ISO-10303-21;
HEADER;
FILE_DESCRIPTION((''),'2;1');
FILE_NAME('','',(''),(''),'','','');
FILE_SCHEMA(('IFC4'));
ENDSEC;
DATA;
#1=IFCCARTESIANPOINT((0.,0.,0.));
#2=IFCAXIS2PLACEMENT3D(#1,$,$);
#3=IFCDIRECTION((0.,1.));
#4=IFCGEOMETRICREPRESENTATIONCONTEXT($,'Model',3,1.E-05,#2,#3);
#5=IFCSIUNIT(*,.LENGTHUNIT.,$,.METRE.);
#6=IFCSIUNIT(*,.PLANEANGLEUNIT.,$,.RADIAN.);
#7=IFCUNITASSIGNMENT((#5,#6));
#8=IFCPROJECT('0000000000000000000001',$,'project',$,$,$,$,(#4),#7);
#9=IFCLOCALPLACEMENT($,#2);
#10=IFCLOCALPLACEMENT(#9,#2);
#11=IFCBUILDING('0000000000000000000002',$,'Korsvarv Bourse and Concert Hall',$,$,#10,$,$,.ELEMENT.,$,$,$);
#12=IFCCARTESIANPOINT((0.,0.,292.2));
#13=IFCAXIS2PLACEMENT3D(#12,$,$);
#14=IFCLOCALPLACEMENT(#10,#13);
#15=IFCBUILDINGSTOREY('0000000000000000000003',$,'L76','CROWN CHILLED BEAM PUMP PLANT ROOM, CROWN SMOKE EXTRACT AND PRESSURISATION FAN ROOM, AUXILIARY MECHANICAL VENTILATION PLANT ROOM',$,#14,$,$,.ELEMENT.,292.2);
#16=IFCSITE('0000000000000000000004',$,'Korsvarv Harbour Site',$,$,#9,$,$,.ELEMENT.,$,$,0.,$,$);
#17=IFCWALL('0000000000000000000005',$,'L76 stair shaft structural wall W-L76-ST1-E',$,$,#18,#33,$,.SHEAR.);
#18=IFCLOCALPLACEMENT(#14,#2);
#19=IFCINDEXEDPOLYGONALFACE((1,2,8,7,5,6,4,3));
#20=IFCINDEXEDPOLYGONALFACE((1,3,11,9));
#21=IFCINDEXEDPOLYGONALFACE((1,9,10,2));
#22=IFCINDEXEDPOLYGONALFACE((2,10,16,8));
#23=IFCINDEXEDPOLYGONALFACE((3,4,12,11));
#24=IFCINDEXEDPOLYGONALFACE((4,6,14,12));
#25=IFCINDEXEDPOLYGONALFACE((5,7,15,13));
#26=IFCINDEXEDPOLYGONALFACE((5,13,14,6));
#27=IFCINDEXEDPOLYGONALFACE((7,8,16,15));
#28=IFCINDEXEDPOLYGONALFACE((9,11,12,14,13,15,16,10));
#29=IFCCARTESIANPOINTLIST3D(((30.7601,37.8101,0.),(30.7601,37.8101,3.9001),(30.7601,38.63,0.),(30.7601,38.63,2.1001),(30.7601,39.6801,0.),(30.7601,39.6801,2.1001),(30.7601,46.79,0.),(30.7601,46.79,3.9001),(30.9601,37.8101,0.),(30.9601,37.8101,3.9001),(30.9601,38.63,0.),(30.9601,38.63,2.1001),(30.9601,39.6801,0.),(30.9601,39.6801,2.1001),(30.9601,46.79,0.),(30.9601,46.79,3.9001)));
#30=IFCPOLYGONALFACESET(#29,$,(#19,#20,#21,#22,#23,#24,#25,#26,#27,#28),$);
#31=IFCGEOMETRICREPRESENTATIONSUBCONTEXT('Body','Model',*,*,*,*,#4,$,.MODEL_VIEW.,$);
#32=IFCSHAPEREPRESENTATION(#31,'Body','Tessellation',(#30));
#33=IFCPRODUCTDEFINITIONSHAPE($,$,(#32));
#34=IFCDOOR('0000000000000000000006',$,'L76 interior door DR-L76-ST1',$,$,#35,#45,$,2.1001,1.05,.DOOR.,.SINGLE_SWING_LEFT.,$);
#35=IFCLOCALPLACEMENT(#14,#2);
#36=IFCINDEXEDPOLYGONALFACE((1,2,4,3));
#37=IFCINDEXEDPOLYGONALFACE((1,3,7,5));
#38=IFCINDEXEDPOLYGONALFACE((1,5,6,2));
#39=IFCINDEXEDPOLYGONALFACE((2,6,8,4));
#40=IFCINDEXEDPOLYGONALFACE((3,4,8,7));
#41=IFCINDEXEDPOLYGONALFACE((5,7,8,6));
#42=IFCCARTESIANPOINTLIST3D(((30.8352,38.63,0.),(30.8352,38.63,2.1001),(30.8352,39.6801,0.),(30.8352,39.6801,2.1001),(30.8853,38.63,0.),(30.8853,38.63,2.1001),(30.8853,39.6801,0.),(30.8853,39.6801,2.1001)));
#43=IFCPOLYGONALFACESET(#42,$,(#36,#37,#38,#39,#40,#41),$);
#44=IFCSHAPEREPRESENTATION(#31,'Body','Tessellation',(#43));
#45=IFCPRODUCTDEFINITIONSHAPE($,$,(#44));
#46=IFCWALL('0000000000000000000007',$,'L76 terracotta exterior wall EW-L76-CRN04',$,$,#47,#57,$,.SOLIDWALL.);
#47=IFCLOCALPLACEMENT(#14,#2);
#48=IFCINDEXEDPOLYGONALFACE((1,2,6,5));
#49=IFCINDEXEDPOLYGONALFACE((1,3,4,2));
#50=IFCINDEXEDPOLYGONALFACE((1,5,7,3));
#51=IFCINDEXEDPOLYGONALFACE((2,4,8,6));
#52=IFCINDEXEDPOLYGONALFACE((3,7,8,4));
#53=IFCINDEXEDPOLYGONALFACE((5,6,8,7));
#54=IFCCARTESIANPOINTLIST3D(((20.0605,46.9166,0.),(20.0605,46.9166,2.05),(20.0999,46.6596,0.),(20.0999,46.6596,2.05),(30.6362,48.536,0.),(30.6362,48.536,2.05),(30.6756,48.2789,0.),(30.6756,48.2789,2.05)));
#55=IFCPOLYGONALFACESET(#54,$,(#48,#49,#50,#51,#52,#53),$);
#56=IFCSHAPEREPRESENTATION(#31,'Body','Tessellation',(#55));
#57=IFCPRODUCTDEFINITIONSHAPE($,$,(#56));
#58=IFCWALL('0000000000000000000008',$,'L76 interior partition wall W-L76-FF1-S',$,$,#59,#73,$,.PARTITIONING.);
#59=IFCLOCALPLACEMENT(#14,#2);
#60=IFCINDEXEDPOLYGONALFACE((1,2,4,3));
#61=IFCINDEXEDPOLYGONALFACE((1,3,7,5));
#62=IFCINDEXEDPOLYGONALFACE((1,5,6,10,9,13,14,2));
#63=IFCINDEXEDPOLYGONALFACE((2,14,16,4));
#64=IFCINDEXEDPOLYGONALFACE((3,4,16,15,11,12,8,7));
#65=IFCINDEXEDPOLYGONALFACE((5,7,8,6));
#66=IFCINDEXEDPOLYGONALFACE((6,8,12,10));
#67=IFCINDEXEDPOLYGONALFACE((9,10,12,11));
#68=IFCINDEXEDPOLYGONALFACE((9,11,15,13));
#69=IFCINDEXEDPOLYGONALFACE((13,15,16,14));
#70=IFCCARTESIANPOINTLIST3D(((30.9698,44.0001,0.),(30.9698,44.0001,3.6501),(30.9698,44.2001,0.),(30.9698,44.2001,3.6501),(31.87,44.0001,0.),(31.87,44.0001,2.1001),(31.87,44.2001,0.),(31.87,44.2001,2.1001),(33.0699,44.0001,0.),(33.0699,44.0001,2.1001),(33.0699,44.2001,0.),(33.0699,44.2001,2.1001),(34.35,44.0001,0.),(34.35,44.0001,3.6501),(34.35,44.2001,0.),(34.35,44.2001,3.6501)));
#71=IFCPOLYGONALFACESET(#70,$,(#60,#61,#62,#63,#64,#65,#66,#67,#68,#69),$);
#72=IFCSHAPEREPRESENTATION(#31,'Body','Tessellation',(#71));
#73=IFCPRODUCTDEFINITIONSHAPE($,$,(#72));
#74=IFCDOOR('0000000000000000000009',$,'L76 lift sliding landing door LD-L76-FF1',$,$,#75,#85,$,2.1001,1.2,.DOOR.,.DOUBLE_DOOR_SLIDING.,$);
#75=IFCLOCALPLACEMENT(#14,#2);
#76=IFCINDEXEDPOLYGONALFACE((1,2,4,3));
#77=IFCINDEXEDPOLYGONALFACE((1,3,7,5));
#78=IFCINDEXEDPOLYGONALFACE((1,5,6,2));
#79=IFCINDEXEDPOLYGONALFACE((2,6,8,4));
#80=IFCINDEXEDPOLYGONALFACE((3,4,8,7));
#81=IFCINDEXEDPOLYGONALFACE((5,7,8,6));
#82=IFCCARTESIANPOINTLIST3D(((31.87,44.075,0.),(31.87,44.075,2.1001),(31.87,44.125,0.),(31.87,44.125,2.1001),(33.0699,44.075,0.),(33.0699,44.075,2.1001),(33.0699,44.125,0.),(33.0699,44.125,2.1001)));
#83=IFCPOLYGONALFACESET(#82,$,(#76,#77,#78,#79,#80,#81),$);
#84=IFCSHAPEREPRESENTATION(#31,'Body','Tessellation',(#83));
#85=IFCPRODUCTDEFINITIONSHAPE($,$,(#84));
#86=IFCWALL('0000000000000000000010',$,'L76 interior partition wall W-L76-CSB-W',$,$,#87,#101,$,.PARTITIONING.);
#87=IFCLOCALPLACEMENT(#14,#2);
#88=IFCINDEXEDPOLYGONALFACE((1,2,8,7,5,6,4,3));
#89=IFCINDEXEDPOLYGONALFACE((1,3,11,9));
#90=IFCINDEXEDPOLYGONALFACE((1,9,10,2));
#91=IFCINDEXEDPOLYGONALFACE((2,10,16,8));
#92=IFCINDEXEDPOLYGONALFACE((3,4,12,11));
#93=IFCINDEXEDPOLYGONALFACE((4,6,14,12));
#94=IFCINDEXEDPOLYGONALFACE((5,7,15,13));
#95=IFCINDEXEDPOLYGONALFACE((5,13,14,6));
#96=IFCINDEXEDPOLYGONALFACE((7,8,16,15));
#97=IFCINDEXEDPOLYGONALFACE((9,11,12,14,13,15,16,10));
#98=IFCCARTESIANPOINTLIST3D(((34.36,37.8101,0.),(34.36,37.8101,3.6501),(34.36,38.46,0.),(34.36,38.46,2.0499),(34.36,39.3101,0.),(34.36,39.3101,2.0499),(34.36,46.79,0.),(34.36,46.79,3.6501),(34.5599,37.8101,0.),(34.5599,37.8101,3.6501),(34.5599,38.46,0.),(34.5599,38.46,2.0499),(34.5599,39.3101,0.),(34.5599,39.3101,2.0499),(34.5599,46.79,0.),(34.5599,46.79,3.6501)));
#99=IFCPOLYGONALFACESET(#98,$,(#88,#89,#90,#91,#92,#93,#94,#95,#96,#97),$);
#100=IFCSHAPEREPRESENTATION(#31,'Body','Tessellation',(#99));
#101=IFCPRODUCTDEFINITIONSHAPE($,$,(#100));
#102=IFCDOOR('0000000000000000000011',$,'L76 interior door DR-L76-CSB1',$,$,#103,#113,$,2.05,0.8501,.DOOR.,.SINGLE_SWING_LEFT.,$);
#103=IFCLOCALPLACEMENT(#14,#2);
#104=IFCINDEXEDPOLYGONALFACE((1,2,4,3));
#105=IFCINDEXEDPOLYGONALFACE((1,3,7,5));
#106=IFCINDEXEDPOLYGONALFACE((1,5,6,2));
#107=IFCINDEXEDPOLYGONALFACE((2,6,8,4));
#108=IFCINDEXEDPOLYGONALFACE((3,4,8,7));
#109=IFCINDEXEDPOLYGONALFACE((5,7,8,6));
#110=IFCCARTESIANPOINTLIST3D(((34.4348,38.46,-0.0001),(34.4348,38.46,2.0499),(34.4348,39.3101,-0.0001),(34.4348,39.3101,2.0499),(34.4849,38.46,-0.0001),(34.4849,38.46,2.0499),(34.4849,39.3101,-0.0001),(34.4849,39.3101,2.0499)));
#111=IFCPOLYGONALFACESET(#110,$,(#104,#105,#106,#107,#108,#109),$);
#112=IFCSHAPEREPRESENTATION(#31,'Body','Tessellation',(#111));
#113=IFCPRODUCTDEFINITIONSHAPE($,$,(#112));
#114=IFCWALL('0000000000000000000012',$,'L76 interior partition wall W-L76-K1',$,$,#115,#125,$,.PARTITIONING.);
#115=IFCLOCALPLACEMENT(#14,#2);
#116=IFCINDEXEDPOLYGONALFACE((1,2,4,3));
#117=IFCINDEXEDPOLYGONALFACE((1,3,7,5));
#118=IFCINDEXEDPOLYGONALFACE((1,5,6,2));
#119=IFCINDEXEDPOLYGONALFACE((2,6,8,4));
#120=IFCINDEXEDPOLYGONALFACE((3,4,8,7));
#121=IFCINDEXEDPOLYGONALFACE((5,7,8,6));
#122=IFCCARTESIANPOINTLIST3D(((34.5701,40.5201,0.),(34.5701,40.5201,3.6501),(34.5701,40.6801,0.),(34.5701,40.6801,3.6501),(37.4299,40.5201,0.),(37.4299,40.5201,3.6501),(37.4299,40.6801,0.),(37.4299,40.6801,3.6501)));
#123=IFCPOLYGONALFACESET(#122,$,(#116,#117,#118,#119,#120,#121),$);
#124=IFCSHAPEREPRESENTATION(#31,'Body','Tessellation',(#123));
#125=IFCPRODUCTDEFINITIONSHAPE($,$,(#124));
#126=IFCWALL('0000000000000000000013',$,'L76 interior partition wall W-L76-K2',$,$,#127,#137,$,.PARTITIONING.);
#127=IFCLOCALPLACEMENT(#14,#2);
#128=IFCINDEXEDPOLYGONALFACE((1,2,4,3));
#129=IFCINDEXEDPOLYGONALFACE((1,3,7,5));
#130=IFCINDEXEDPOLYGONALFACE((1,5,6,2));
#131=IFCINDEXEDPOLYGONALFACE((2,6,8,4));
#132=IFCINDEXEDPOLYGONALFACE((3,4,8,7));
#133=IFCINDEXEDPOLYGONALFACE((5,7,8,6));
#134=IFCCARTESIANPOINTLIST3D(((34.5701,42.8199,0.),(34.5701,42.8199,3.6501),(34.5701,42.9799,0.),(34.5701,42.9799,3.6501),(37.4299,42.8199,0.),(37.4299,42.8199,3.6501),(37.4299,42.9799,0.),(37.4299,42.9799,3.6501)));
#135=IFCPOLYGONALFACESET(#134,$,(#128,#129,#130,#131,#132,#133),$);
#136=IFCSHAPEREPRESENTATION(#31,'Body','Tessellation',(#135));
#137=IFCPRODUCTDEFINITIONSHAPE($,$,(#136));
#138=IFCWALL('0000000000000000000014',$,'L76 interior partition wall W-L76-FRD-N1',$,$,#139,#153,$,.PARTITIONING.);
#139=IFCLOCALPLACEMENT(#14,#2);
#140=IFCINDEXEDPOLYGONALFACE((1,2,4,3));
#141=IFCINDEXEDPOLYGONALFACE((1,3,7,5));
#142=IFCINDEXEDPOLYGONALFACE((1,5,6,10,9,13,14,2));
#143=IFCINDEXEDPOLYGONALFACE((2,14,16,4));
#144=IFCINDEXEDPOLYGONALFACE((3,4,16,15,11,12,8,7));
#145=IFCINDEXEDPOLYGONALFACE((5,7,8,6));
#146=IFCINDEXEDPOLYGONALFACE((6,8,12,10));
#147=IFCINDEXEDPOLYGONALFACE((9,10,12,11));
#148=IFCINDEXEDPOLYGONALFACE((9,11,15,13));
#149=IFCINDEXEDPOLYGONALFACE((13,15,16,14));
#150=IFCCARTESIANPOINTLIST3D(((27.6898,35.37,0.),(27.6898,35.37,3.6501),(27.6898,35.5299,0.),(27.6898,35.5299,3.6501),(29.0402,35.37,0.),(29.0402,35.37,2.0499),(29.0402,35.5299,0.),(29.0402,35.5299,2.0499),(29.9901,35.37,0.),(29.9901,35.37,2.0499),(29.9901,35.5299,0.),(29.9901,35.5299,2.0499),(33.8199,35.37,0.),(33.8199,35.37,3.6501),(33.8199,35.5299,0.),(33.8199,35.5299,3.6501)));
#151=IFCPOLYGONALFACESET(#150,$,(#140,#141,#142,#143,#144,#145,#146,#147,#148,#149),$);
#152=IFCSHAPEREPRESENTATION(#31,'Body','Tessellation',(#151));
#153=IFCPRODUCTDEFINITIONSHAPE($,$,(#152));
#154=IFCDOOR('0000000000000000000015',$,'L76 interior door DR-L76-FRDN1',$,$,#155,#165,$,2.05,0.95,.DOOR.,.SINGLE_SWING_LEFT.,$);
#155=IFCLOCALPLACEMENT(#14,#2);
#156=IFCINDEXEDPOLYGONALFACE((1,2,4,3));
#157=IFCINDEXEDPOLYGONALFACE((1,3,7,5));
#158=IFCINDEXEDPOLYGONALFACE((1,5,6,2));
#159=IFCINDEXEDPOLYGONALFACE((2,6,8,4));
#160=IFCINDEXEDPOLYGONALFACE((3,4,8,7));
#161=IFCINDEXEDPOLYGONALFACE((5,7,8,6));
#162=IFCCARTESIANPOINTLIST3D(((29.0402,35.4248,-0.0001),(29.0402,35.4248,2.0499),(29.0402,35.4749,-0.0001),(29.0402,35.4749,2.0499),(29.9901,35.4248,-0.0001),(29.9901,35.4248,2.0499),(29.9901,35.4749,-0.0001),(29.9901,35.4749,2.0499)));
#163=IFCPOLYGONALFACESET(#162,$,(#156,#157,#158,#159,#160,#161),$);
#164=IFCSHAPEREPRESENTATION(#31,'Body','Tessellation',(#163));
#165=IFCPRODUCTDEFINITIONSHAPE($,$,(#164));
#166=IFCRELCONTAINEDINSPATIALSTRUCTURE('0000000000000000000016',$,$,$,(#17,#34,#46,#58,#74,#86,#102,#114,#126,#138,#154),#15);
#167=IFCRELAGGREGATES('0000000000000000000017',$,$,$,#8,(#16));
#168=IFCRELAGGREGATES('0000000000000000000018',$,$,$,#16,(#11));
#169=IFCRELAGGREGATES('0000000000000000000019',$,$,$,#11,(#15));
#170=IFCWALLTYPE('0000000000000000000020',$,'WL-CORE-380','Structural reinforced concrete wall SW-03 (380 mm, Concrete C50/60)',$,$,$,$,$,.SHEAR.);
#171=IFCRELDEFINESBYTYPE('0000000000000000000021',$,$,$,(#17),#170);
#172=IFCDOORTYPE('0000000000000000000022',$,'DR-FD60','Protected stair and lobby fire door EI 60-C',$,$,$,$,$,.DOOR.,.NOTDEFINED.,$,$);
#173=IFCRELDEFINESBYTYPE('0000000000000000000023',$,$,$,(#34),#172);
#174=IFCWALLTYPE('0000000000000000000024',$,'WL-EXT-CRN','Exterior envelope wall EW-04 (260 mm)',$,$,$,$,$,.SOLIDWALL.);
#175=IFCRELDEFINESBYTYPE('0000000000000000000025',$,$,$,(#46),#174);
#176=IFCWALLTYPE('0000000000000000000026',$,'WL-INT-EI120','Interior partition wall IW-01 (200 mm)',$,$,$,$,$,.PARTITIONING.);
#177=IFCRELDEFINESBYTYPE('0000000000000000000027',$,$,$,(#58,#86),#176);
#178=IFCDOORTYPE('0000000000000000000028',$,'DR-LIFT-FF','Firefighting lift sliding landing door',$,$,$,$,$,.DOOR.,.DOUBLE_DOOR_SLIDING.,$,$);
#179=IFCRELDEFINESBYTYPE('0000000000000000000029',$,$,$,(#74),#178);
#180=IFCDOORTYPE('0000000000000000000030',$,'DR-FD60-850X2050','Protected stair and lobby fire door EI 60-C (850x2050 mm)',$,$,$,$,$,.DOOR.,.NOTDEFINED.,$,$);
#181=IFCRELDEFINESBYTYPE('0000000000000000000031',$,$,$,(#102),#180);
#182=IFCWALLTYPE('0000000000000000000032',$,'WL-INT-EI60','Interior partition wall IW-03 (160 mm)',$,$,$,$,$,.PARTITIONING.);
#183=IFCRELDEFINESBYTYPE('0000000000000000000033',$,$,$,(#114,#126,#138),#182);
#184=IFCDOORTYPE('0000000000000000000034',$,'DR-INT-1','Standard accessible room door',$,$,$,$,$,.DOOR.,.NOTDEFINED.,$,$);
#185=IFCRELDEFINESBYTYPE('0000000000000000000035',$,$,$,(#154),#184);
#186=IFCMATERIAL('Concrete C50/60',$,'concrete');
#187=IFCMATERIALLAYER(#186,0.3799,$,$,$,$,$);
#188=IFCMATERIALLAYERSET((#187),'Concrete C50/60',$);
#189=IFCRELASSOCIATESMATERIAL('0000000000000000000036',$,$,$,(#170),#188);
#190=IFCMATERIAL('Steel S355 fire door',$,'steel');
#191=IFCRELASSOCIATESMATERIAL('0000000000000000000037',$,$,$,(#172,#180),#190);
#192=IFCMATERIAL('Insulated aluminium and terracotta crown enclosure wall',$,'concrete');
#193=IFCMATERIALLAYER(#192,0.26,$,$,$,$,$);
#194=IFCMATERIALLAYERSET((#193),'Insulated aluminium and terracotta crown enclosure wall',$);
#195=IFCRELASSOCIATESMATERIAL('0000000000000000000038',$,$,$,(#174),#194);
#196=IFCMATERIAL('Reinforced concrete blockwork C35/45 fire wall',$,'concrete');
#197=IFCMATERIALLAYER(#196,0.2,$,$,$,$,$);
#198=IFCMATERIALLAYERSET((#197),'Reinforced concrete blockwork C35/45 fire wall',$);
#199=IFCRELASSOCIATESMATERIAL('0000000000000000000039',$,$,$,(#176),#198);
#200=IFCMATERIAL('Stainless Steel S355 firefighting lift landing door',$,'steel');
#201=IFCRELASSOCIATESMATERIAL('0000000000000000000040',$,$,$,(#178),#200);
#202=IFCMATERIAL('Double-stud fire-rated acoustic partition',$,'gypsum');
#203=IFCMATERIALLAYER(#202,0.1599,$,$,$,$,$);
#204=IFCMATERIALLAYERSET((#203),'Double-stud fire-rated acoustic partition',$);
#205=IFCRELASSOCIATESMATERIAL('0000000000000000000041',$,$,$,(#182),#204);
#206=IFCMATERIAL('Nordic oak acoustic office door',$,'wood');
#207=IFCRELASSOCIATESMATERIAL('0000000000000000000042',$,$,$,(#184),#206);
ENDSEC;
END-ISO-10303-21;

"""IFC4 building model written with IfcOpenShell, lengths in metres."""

from ifc_helpers import new_model, si_unit, direction, frame, frame_2d, origin, place, context, subcontext, project, spatial, rectangle, extrude, material, layer, layer_set, type_object, element, fill, save


model = new_model("IFC4")

# Units and contexts
model_context = context("Model", 3, precision=1e-05, world=origin(), true_north=direction((0.0, 1.0)))
body_context = subcontext(model_context, "Body", "Model", "MODEL_VIEW")
ifc_project = project(units=[si_unit("LENGTHUNIT", "METRE"), si_unit("PLANEANGLEUNIT", "RADIAN")], contexts=[model_context])

# Site, building, storey
site_placement = place(None, origin())
site = spatial("IfcSite", under=ifc_project, at=site_placement, Name="Korsvarv Harbour Site", CompositionType="ELEMENT", RefElevation=0.0)
building_placement = place(site_placement, origin())
building = spatial("IfcBuilding", under=site, at=building_placement, Name="Korsvarv Bourse and Concert Hall", CompositionType="ELEMENT")
storey_placement = place(building_placement, frame((0.0, 0.0, 292.2)))
storey = spatial("IfcBuildingStorey", under=building, at=storey_placement, Name="L76", Description="CROWN CHILLED BEAM PUMP PLANT ROOM, CROWN SMOKE EXTRACT AND PRESSURISATION FAN ROOM, AUXILIARY MECHANICAL VENTILATION PLANT ROOM", CompositionType="ELEMENT", Elevation=292.2)

# Shared definitions
ifc_material_1 = material(Name="Concrete C50/60", Category="concrete")

# Wall, opening, door
ifc_layer_1 = layer(ifc_material_1, 0.3799)
ifc_layer_set_1 = layer_set([ifc_layer_1], Name="Concrete C50/60")
wall_type_1 = type_object("IfcWallType", Name="WL-CORE-380", Description="Structural reinforced concrete wall SW-03 (380 mm, Concrete C50/60)", PredefinedType="SHEAR", material=ifc_layer_set_1)
wall_1_placement = place(storey_placement, frame((30.8601, 37.8101, 0.0), z_axis=(0.0, 0.0, 1.0), x_axis=(0.0, 1.0, 0.0)))
wall_1 = element("IfcWall", 1, at=wall_1_placement, inside=storey, type_object=wall_type_1, Name="L76 stair shaft structural wall W-L76-ST1-E", PredefinedType="SHEAR", context=body_context, shape_type="SweptSolid", body=[
    extrude(rectangle(XDim=8.98, YDim=0.2, at=frame_2d((4.49, 0.0))), origin(), (0.0, 0.0, 1.0), 3.9001),
])
opening_1_placement = place(wall_1_placement, frame((0.8201, 0.0, 0.0)))
opening_1 = element("IfcOpeningElement", 2, at=opening_1_placement, cuts=wall_1, PredefinedType="OPENING", context=body_context, shape_type="SweptSolid", body=[
    extrude(rectangle(XDim=1.05, YDim=2.1001, at=frame_2d((0.5249, 1.05))), frame((0.0, 0.1099, 0.0), z_axis=(0.0, -1.0, 0.0), x_axis=(1.0, 0.0, 0.0)), (0.0, 0.0, 1.0), 0.22),
])
ifc_material_2 = material(Name="Steel S355 fire door", Category="steel")
door_type_1 = type_object("IfcDoorType", Name="DR-FD60", Description="Protected stair and lobby fire door EI 60-C", OperationType="NOTDEFINED", PredefinedType="DOOR", material=ifc_material_2)
door_1_placement = place(opening_1_placement, origin())
door_1 = element("IfcDoor", 3, at=door_1_placement, inside=storey, type_object=door_type_1, Name="L76 interior door DR-L76-ST1", OperationType="SINGLE_SWING_LEFT", OverallHeight=2.1001, OverallWidth=1.05, PredefinedType="DOOR", context=body_context, shape_type="SweptSolid", body=[
    extrude(rectangle(XDim=1.05, YDim=2.1001, at=frame_2d((0.5249, 1.05))), frame((0.0, 0.0249, 0.0), z_axis=(0.0, -1.0, 0.0), x_axis=(1.0, 0.0, 0.0)), (0.0, 0.0, 1.0), 0.05),
])
fill(opening_1, door_1)

# Wall
ifc_material_3 = material(Name="Insulated aluminium and terracotta crown enclosure wall", Category="concrete")
ifc_layer_2 = layer(ifc_material_3, 0.26)
ifc_layer_set_2 = layer_set([ifc_layer_2], Name="Insulated aluminium and terracotta crown enclosure wall")
wall_type_2 = type_object("IfcWallType", Name="WL-EXT-CRN", Description="Exterior envelope wall EW-04 (260 mm)", PredefinedType="SOLIDWALL", material=ifc_layer_set_2)
wall_2_placement = place(storey_placement, frame((30.656, 48.4075, 0.0), z_axis=(0.0, 0.0, 1.0), x_axis=(-0.988479, -0.151359, 0.0)))
element("IfcWall", 4, at=wall_2_placement, inside=storey, type_object=wall_type_2, Name="L76 terracotta exterior wall EW-L76-CRN04", PredefinedType="SOLIDWALL", context=body_context, shape_type="SweptSolid", body=[
    extrude(rectangle(XDim=10.699, YDim=0.26, at=frame_2d((5.3496, 0.0))), origin(), (0.0, 0.0, 1.0), 2.05),
])

# Walls, openings, doors
ifc_material_4 = material(Name="Reinforced concrete blockwork C35/45 fire wall", Category="concrete")
ifc_layer_3 = layer(ifc_material_4, 0.2)
ifc_layer_set_3 = layer_set([ifc_layer_3], Name="Reinforced concrete blockwork C35/45 fire wall")
wall_type_3 = type_object("IfcWallType", Name="WL-INT-EI120", Description="Interior partition wall IW-01 (200 mm)", PredefinedType="PARTITIONING", material=ifc_layer_set_3)
wall_3_placement = place(storey_placement, frame((30.97, 44.1001, 0.0), z_axis=(0.0, 0.0, 1.0), x_axis=(1.0, 0.0, 0.0)))
wall_3 = element("IfcWall", 5, at=wall_3_placement, inside=storey, type_object=wall_type_3, Name="L76 interior partition wall W-L76-FF1-S", PredefinedType="PARTITIONING", context=body_context, shape_type="SweptSolid", body=[
    extrude(rectangle(XDim=3.3801, YDim=0.2, at=frame_2d((1.6899, 0.0))), origin(), (0.0, 0.0, 1.0), 3.6501),
])
opening_2_placement = place(wall_3_placement, frame((0.8999, 0.0, 0.0)))
opening_2 = element("IfcOpeningElement", 6, at=opening_2_placement, cuts=wall_3, PredefinedType="OPENING", context=body_context, shape_type="SweptSolid", body=[
    extrude(rectangle(XDim=1.2, YDim=2.1001, at=frame_2d((0.6001, 1.05))), frame((0.0, 0.1099, 0.0), z_axis=(0.0, -1.0, 0.0), x_axis=(1.0, 0.0, 0.0)), (0.0, 0.0, 1.0), 0.22),
])
ifc_material_5 = material(Name="Stainless Steel S355 firefighting lift landing door", Category="steel")
door_type_2 = type_object("IfcDoorType", Name="DR-LIFT-FF", Description="Firefighting lift sliding landing door", OperationType="DOUBLE_DOOR_SLIDING", PredefinedType="DOOR", material=ifc_material_5)
door_2_placement = place(opening_2_placement, origin())
door_2 = element("IfcDoor", 7, at=door_2_placement, inside=storey, type_object=door_type_2, Name="L76 lift sliding landing door LD-L76-FF1", OperationType="DOUBLE_DOOR_SLIDING", OverallHeight=2.1001, OverallWidth=1.2, PredefinedType="DOOR", context=body_context, shape_type="SweptSolid", body=[
    extrude(rectangle(XDim=1.2, YDim=2.1001, at=frame_2d((0.6001, 1.05))), frame((0.0, 0.0249, 0.0), z_axis=(0.0, -1.0, 0.0), x_axis=(1.0, 0.0, 0.0)), (0.0, 0.0, 1.0), 0.05),
])
fill(opening_2, door_2)
wall_4_placement = place(storey_placement, frame((34.46, 37.8101, 0.0), z_axis=(0.0, 0.0, 1.0), x_axis=(0.0, 1.0, 0.0)))
wall_4 = element("IfcWall", 8, at=wall_4_placement, inside=storey, type_object=wall_type_3, Name="L76 interior partition wall W-L76-CSB-W", PredefinedType="PARTITIONING", context=body_context, shape_type="SweptSolid", body=[
    extrude(rectangle(XDim=8.98, YDim=0.2, at=frame_2d((4.49, 0.0))), origin(), (0.0, 0.0, 1.0), 3.6501),
])
opening_3_placement = place(wall_4_placement, frame((0.6499, 0.0, 0.0)))
opening_3 = element("IfcOpeningElement", 9, at=opening_3_placement, cuts=wall_4, PredefinedType="OPENING", context=body_context, shape_type="SweptSolid", body=[
    extrude(rectangle(XDim=0.8501, YDim=2.05, at=frame_2d((0.425, 1.0249))), frame((0.0, 0.1099, 0.0), z_axis=(0.0, -1.0, 0.0), x_axis=(1.0, 0.0, 0.0)), (0.0, 0.0, 1.0), 0.22),
])
door_type_3 = type_object("IfcDoorType", Name="DR-FD60-850X2050", Description="Protected stair and lobby fire door EI 60-C (850x2050 mm)", OperationType="NOTDEFINED", PredefinedType="DOOR", material=ifc_material_2)
door_3_placement = place(opening_3_placement, frame((0.8501, 0.0, 0.0), z_axis=(0.0, 0.0, 1.0), x_axis=(-1.0, 0.0, 0.0)))
door_3 = element("IfcDoor", 10, at=door_3_placement, inside=storey, type_object=door_type_3, Name="L76 interior door DR-L76-CSB1", OperationType="SINGLE_SWING_LEFT", OverallHeight=2.05, OverallWidth=0.8501, PredefinedType="DOOR", context=body_context, shape_type="SweptSolid", body=[
    extrude(rectangle(XDim=0.8501, YDim=2.05, at=frame_2d((0.425, 1.0249))), frame((0.0, 0.0249, 0.0), z_axis=(0.0, -1.0, 0.0), x_axis=(1.0, 0.0, 0.0)), (0.0, 0.0, 1.0), 0.05),
])
fill(opening_3, door_3)

# Walls
ifc_material_6 = material(Name="Double-stud fire-rated acoustic partition", Category="gypsum")
ifc_layer_4 = layer(ifc_material_6, 0.1599)
ifc_layer_set_4 = layer_set([ifc_layer_4], Name="Double-stud fire-rated acoustic partition")
wall_type_4 = type_object("IfcWallType", Name="WL-INT-EI60", Description="Interior partition wall IW-03 (160 mm)", PredefinedType="PARTITIONING", material=ifc_layer_set_4)
for number, where, z_axis, x_axis, name in (
    (11, (34.5701, 40.6001, 0.0), (0.0, 0.0, 1.0), (1.0, 0.0, 0.0), "L76 interior partition wall W-L76-K1"),
    (12, (34.5701, 42.8999, 0.0), (0.0, 0.0, 1.0), (1.0, 0.0, 0.0), "L76 interior partition wall W-L76-K2"),
):
    element("IfcWall", number, at=place(storey_placement, frame(where, z_axis=z_axis, x_axis=x_axis)), inside=storey, type_object=wall_type_4, Name=name, PredefinedType="PARTITIONING", context=body_context, shape_type="SweptSolid", body=[
        extrude(rectangle(XDim=2.8599, YDim=0.1599, at=frame_2d((1.4299, 0.0))), origin(), (0.0, 0.0, 1.0), 3.6501),
    ])

# Wall, opening, door
wall_5_placement = place(storey_placement, frame((27.6899, 35.45, 0.0), z_axis=(0.0, 0.0, 1.0), x_axis=(1.0, 0.0, 0.0)))
wall_5 = element("IfcWall", 13, at=wall_5_placement, inside=storey, type_object=wall_type_4, Name="L76 interior partition wall W-L76-FRD-N1", PredefinedType="PARTITIONING", context=body_context, shape_type="SweptSolid", body=[
    extrude(rectangle(XDim=6.1301, YDim=0.1599, at=frame_2d((3.0649, 0.0))), origin(), (0.0, 0.0, 1.0), 3.6501),
])
opening_4_placement = place(wall_5_placement, frame((1.3501, 0.0, 0.0)))
opening_4 = element("IfcOpeningElement", 14, at=opening_4_placement, cuts=wall_5, PredefinedType="OPENING", context=body_context, shape_type="SweptSolid", body=[
    extrude(rectangle(XDim=0.95, YDim=2.05, at=frame_2d((0.4751, 1.0249))), frame((0.0, 0.0898, 0.0), z_axis=(0.0, -1.0, 0.0), x_axis=(1.0, 0.0, 0.0)), (0.0, 0.0, 1.0), 0.1799),
])
ifc_material_7 = material(Name="Nordic oak acoustic office door", Category="wood")
door_type_4 = type_object("IfcDoorType", Name="DR-INT-1", Description="Standard accessible room door", OperationType="NOTDEFINED", PredefinedType="DOOR", material=ifc_material_7)
door_4_placement = place(opening_4_placement, origin())
door_4 = element("IfcDoor", 15, at=door_4_placement, inside=storey, type_object=door_type_4, Name="L76 interior door DR-L76-FRDN1", OperationType="SINGLE_SWING_LEFT", OverallHeight=2.05, OverallWidth=0.95, PredefinedType="DOOR", context=body_context, shape_type="SweptSolid", body=[
    extrude(rectangle(XDim=0.95, YDim=2.05, at=frame_2d((0.4751, 1.0249))), frame((0.0, 0.0249, 0.0), z_axis=(0.0, -1.0, 0.0), x_axis=(1.0, 0.0, 0.0)), (0.0, 0.0, 1.0), 0.05),
])
fill(opening_4, door_4)

save(model, "model.ifc")
